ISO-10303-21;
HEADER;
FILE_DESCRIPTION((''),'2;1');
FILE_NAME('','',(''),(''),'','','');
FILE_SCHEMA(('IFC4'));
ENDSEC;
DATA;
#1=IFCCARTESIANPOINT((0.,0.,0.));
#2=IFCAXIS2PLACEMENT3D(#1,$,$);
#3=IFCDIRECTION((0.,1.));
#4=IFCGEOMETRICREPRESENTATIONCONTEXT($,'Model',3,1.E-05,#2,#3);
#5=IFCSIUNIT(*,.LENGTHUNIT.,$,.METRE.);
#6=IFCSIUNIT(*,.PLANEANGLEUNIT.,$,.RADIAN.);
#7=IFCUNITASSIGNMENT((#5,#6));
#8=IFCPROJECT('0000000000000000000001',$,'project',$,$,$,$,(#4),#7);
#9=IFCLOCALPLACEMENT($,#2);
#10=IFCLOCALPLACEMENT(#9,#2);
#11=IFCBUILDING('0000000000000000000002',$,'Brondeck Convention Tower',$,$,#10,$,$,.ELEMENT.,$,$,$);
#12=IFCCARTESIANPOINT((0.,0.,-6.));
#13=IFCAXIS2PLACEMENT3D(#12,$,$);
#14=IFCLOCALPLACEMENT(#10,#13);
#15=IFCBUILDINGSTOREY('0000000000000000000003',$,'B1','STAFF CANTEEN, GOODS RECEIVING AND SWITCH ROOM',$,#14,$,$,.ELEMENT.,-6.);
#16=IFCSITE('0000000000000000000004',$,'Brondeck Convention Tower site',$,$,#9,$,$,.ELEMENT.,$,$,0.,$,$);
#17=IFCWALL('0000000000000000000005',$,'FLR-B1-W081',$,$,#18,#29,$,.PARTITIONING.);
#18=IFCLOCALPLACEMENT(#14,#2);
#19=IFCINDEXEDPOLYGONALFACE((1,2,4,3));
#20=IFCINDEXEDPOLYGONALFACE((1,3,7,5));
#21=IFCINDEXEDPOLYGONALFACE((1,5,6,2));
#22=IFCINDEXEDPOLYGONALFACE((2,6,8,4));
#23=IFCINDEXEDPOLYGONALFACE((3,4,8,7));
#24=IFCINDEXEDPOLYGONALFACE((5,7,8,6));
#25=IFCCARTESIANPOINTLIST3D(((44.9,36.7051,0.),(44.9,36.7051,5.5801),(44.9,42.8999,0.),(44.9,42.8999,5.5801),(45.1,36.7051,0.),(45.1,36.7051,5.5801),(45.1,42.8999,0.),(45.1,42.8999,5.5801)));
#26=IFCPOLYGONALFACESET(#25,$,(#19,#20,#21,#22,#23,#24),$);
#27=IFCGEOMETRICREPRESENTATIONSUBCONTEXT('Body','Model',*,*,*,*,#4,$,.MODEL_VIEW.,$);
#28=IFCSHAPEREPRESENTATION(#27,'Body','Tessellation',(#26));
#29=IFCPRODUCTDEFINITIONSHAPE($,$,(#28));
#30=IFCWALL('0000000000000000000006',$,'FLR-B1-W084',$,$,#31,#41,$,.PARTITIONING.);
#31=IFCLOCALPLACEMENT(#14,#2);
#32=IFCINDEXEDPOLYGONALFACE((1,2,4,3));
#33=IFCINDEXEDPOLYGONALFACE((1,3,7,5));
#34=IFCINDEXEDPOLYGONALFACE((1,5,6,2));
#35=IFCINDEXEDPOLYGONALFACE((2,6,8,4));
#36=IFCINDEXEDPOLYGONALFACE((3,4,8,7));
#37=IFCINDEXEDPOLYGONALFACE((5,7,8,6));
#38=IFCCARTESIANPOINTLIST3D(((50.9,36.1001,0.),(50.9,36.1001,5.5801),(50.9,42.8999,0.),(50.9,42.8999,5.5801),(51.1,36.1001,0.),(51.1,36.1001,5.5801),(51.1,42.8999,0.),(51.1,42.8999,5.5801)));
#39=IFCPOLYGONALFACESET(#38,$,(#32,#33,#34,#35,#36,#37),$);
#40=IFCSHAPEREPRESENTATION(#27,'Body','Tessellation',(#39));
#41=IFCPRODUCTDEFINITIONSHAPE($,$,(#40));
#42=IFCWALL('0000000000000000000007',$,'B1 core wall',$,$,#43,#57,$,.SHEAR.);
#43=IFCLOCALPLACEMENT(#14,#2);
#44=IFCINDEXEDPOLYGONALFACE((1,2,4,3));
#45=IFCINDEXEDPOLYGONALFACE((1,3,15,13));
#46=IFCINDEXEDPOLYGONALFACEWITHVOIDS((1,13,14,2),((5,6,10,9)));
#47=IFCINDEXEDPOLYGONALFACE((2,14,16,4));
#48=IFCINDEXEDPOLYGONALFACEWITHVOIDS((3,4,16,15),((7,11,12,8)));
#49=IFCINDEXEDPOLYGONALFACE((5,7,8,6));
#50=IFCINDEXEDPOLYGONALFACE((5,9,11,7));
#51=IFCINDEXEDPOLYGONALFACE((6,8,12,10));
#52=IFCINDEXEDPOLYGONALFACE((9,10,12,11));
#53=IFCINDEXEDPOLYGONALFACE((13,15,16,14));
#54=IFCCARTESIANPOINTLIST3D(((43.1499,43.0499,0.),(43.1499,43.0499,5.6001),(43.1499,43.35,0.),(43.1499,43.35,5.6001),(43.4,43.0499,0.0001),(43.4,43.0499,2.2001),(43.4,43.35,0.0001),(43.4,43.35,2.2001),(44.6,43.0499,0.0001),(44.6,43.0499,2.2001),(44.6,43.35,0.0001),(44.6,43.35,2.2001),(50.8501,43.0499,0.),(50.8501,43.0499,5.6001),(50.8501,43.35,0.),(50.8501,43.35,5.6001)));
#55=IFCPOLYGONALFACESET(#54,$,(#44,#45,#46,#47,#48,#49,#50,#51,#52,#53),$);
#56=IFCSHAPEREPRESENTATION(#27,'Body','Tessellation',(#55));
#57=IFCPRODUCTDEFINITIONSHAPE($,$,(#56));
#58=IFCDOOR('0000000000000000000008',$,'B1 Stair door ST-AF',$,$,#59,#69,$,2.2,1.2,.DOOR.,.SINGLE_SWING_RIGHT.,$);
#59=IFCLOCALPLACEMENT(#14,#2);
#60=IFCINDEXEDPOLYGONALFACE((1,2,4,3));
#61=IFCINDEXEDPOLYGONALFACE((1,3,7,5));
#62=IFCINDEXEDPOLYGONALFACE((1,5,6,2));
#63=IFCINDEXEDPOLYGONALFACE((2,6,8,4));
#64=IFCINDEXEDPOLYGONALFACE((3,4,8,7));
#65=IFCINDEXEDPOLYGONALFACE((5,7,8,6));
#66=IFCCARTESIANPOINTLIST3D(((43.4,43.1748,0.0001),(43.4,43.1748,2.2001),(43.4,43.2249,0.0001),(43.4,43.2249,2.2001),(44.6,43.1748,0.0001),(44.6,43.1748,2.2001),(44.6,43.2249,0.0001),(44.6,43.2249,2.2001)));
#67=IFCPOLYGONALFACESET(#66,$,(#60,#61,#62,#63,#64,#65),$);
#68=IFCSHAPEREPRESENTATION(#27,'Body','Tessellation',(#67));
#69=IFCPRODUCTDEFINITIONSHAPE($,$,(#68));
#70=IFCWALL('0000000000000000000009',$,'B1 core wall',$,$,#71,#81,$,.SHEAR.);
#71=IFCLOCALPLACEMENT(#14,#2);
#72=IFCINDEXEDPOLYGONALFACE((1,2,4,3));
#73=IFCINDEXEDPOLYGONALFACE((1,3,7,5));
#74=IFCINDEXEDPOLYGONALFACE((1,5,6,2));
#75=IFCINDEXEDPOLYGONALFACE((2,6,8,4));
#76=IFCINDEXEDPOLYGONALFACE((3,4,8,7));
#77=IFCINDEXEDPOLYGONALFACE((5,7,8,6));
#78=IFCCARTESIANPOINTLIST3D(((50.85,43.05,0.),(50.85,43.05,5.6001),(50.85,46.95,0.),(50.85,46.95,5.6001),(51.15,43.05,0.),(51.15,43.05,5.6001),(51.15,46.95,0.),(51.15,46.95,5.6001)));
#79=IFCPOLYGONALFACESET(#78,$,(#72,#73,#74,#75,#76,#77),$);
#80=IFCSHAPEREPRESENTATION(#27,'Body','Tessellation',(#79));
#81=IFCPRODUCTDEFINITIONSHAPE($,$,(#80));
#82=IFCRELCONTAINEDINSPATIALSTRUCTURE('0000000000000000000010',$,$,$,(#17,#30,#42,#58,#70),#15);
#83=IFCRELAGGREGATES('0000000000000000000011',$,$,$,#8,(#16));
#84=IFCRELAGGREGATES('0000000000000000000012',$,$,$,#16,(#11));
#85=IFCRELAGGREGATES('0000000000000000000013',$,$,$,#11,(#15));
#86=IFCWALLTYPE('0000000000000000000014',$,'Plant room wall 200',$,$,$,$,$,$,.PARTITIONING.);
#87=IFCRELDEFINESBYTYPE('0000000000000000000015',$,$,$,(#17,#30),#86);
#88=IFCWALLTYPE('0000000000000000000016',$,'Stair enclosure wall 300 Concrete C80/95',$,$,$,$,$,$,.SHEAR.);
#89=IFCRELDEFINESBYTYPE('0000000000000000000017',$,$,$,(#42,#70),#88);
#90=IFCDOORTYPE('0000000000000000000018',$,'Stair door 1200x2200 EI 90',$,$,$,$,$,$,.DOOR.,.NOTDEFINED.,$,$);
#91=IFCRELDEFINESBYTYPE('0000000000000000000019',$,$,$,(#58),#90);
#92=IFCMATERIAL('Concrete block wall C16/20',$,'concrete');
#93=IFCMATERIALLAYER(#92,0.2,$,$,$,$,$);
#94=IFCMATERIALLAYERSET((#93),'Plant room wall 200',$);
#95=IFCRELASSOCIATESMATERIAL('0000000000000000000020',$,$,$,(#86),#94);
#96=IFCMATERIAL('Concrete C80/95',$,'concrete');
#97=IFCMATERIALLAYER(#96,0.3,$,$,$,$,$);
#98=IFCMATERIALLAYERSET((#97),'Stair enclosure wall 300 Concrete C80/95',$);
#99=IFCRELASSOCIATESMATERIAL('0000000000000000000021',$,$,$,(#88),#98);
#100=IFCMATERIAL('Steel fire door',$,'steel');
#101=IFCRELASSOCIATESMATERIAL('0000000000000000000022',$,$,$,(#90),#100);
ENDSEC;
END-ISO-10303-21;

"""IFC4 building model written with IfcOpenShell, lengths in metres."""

from ifc_helpers import new_model, si_unit, direction, frame, frame_2d, origin, place, context, subcontext, project, spatial, rectangle, extrude, material, layer, layer_set, type_object, element, fill, save


model = new_model("IFC4")

# Units and contexts
model_context = context("Model", 3, precision=1e-05, world=origin(), true_north=direction((0.0, 1.0)))
body_context = subcontext(model_context, "Body", "Model", "MODEL_VIEW")
ifc_project = project(units=[si_unit("LENGTHUNIT", "METRE"), si_unit("PLANEANGLEUNIT", "RADIAN")], contexts=[model_context])

# Site, building, storey
site_placement = place(None, origin())
site = spatial("IfcSite", under=ifc_project, at=site_placement, Name="Brondeck Convention Tower site", CompositionType="ELEMENT", RefElevation=0.0)
building_placement = place(site_placement, origin())
building = spatial("IfcBuilding", under=site, at=building_placement, Name="Brondeck Convention Tower", CompositionType="ELEMENT")
storey_placement = place(building_placement, frame((0.0, 0.0, -6.0)))
storey = spatial("IfcBuildingStorey", under=building, at=storey_placement, Name="B1", Description="STAFF CANTEEN, GOODS RECEIVING AND SWITCH ROOM", CompositionType="ELEMENT", Elevation=-6.0)

# Shared definitions
ifc_material_1 = material(Name="Concrete C80/95", Category="concrete")

# Shared definitions
ifc_material_2 = material(Name="Concrete block wall C16/20", Category="concrete")
ifc_layer_1 = layer(ifc_material_2, 0.2)
ifc_layer_set_1 = layer_set([ifc_layer_1], Name="Plant room wall 200")
wall_type_1 = type_object("IfcWallType", Name="Plant room wall 200", PredefinedType="PARTITIONING", material=ifc_layer_set_1)

# Walls
wall_1_placement = place(storey_placement, frame((45.0, 36.7051, 0.0), z_axis=(0.0, 0.0, 1.0), x_axis=(0.0, 1.0, 0.0)))
element("IfcWall", 1, at=wall_1_placement, inside=storey, type_object=wall_type_1, Name="FLR-B1-W081", PredefinedType="PARTITIONING", context=body_context, shape_type="SweptSolid", body=[
    extrude(rectangle(XDim=6.1948, YDim=0.2, at=frame_2d((3.0974, 0.0))), origin(), (0.0, 0.0, 1.0), 5.5801),
])
wall_2_placement = place(storey_placement, frame((51.0, 42.8999, 0.0), z_axis=(0.0, 0.0, 1.0), x_axis=(0.0, -1.0, 0.0)))
element("IfcWall", 2, at=wall_2_placement, inside=storey, type_object=wall_type_1, Name="FLR-B1-W084", PredefinedType="PARTITIONING", context=body_context, shape_type="SweptSolid", body=[
    extrude(rectangle(XDim=6.7998, YDim=0.2, at=frame_2d((3.3999, 0.0))), origin(), (0.0, 0.0, 1.0), 5.5801),
])

# Wall, opening, door
ifc_layer_2 = layer(ifc_material_1, 0.3)
ifc_layer_set_2 = layer_set([ifc_layer_2], Name="Stair enclosure wall 300 Concrete C80/95")
wall_type_2 = type_object("IfcWallType", Name="Stair enclosure wall 300 Concrete C80/95", PredefinedType="SHEAR", material=ifc_layer_set_2)
wall_3_placement = place(storey_placement, frame((43.1499, 43.2, 0.0), z_axis=(0.0, 0.0, 1.0), x_axis=(1.0, 0.0, 0.0)))
wall_3 = element("IfcWall", 3, at=wall_3_placement, inside=storey, type_object=wall_type_2, Name="B1 core wall", PredefinedType="SHEAR", context=body_context, shape_type="SweptSolid", body=[
    extrude(rectangle(XDim=7.7002, YDim=0.3, at=frame_2d((3.8501, 0.0))), origin(), (0.0, 0.0, 1.0), 5.6001),
])
opening_1_placement = place(wall_3_placement, frame((0.25, 0.0, 0.0)))
opening_1 = element("IfcOpeningElement", 4, at=opening_1_placement, cuts=wall_3, PredefinedType="OPENING", context=body_context, shape_type="SweptSolid", body=[
    extrude(rectangle(XDim=1.2, YDim=2.2, at=frame_2d((0.6001, 1.1001))), frame((0.0, 0.1599, 0.0), z_axis=(0.0, -1.0, 0.0), x_axis=(1.0, 0.0, 0.0)), (0.0, 0.0, 1.0), 0.3201),
])
ifc_material_3 = material(Name="Steel fire door", Category="steel")
door_type_1 = type_object("IfcDoorType", Name="Stair door 1200x2200 EI 90", OperationType="NOTDEFINED", PredefinedType="DOOR", material=ifc_material_3)
door_1_placement = place(opening_1_placement, origin())
door_1 = element("IfcDoor", 5, at=door_1_placement, inside=storey, type_object=door_type_1, Name="B1 Stair door ST-AF", OperationType="SINGLE_SWING_RIGHT", OverallHeight=2.2, OverallWidth=1.2, PredefinedType="DOOR", context=body_context, shape_type="SweptSolid", body=[
    extrude(rectangle(XDim=1.2, YDim=2.2, at=frame_2d((0.6001, 1.1001))), frame((0.0, 0.0249, 0.0), z_axis=(0.0, -1.0, 0.0), x_axis=(1.0, 0.0, 0.0)), (0.0, 0.0, 1.0), 0.05),
])
fill(opening_1, door_1)

# Wall
wall_4_placement = place(storey_placement, frame((51.0, 43.05, 0.0), z_axis=(0.0, 0.0, 1.0), x_axis=(0.0, 1.0, 0.0)))
element("IfcWall", 6, at=wall_4_placement, inside=storey, type_object=wall_type_2, Name="B1 core wall", PredefinedType="SHEAR", context=body_context, shape_type="SweptSolid", body=[
    extrude(rectangle(XDim=3.8999, YDim=0.3, at=frame_2d((1.95, 0.0))), origin(), (0.0, 0.0, 1.0), 5.6001),
])

save(model, "model.ifc")
